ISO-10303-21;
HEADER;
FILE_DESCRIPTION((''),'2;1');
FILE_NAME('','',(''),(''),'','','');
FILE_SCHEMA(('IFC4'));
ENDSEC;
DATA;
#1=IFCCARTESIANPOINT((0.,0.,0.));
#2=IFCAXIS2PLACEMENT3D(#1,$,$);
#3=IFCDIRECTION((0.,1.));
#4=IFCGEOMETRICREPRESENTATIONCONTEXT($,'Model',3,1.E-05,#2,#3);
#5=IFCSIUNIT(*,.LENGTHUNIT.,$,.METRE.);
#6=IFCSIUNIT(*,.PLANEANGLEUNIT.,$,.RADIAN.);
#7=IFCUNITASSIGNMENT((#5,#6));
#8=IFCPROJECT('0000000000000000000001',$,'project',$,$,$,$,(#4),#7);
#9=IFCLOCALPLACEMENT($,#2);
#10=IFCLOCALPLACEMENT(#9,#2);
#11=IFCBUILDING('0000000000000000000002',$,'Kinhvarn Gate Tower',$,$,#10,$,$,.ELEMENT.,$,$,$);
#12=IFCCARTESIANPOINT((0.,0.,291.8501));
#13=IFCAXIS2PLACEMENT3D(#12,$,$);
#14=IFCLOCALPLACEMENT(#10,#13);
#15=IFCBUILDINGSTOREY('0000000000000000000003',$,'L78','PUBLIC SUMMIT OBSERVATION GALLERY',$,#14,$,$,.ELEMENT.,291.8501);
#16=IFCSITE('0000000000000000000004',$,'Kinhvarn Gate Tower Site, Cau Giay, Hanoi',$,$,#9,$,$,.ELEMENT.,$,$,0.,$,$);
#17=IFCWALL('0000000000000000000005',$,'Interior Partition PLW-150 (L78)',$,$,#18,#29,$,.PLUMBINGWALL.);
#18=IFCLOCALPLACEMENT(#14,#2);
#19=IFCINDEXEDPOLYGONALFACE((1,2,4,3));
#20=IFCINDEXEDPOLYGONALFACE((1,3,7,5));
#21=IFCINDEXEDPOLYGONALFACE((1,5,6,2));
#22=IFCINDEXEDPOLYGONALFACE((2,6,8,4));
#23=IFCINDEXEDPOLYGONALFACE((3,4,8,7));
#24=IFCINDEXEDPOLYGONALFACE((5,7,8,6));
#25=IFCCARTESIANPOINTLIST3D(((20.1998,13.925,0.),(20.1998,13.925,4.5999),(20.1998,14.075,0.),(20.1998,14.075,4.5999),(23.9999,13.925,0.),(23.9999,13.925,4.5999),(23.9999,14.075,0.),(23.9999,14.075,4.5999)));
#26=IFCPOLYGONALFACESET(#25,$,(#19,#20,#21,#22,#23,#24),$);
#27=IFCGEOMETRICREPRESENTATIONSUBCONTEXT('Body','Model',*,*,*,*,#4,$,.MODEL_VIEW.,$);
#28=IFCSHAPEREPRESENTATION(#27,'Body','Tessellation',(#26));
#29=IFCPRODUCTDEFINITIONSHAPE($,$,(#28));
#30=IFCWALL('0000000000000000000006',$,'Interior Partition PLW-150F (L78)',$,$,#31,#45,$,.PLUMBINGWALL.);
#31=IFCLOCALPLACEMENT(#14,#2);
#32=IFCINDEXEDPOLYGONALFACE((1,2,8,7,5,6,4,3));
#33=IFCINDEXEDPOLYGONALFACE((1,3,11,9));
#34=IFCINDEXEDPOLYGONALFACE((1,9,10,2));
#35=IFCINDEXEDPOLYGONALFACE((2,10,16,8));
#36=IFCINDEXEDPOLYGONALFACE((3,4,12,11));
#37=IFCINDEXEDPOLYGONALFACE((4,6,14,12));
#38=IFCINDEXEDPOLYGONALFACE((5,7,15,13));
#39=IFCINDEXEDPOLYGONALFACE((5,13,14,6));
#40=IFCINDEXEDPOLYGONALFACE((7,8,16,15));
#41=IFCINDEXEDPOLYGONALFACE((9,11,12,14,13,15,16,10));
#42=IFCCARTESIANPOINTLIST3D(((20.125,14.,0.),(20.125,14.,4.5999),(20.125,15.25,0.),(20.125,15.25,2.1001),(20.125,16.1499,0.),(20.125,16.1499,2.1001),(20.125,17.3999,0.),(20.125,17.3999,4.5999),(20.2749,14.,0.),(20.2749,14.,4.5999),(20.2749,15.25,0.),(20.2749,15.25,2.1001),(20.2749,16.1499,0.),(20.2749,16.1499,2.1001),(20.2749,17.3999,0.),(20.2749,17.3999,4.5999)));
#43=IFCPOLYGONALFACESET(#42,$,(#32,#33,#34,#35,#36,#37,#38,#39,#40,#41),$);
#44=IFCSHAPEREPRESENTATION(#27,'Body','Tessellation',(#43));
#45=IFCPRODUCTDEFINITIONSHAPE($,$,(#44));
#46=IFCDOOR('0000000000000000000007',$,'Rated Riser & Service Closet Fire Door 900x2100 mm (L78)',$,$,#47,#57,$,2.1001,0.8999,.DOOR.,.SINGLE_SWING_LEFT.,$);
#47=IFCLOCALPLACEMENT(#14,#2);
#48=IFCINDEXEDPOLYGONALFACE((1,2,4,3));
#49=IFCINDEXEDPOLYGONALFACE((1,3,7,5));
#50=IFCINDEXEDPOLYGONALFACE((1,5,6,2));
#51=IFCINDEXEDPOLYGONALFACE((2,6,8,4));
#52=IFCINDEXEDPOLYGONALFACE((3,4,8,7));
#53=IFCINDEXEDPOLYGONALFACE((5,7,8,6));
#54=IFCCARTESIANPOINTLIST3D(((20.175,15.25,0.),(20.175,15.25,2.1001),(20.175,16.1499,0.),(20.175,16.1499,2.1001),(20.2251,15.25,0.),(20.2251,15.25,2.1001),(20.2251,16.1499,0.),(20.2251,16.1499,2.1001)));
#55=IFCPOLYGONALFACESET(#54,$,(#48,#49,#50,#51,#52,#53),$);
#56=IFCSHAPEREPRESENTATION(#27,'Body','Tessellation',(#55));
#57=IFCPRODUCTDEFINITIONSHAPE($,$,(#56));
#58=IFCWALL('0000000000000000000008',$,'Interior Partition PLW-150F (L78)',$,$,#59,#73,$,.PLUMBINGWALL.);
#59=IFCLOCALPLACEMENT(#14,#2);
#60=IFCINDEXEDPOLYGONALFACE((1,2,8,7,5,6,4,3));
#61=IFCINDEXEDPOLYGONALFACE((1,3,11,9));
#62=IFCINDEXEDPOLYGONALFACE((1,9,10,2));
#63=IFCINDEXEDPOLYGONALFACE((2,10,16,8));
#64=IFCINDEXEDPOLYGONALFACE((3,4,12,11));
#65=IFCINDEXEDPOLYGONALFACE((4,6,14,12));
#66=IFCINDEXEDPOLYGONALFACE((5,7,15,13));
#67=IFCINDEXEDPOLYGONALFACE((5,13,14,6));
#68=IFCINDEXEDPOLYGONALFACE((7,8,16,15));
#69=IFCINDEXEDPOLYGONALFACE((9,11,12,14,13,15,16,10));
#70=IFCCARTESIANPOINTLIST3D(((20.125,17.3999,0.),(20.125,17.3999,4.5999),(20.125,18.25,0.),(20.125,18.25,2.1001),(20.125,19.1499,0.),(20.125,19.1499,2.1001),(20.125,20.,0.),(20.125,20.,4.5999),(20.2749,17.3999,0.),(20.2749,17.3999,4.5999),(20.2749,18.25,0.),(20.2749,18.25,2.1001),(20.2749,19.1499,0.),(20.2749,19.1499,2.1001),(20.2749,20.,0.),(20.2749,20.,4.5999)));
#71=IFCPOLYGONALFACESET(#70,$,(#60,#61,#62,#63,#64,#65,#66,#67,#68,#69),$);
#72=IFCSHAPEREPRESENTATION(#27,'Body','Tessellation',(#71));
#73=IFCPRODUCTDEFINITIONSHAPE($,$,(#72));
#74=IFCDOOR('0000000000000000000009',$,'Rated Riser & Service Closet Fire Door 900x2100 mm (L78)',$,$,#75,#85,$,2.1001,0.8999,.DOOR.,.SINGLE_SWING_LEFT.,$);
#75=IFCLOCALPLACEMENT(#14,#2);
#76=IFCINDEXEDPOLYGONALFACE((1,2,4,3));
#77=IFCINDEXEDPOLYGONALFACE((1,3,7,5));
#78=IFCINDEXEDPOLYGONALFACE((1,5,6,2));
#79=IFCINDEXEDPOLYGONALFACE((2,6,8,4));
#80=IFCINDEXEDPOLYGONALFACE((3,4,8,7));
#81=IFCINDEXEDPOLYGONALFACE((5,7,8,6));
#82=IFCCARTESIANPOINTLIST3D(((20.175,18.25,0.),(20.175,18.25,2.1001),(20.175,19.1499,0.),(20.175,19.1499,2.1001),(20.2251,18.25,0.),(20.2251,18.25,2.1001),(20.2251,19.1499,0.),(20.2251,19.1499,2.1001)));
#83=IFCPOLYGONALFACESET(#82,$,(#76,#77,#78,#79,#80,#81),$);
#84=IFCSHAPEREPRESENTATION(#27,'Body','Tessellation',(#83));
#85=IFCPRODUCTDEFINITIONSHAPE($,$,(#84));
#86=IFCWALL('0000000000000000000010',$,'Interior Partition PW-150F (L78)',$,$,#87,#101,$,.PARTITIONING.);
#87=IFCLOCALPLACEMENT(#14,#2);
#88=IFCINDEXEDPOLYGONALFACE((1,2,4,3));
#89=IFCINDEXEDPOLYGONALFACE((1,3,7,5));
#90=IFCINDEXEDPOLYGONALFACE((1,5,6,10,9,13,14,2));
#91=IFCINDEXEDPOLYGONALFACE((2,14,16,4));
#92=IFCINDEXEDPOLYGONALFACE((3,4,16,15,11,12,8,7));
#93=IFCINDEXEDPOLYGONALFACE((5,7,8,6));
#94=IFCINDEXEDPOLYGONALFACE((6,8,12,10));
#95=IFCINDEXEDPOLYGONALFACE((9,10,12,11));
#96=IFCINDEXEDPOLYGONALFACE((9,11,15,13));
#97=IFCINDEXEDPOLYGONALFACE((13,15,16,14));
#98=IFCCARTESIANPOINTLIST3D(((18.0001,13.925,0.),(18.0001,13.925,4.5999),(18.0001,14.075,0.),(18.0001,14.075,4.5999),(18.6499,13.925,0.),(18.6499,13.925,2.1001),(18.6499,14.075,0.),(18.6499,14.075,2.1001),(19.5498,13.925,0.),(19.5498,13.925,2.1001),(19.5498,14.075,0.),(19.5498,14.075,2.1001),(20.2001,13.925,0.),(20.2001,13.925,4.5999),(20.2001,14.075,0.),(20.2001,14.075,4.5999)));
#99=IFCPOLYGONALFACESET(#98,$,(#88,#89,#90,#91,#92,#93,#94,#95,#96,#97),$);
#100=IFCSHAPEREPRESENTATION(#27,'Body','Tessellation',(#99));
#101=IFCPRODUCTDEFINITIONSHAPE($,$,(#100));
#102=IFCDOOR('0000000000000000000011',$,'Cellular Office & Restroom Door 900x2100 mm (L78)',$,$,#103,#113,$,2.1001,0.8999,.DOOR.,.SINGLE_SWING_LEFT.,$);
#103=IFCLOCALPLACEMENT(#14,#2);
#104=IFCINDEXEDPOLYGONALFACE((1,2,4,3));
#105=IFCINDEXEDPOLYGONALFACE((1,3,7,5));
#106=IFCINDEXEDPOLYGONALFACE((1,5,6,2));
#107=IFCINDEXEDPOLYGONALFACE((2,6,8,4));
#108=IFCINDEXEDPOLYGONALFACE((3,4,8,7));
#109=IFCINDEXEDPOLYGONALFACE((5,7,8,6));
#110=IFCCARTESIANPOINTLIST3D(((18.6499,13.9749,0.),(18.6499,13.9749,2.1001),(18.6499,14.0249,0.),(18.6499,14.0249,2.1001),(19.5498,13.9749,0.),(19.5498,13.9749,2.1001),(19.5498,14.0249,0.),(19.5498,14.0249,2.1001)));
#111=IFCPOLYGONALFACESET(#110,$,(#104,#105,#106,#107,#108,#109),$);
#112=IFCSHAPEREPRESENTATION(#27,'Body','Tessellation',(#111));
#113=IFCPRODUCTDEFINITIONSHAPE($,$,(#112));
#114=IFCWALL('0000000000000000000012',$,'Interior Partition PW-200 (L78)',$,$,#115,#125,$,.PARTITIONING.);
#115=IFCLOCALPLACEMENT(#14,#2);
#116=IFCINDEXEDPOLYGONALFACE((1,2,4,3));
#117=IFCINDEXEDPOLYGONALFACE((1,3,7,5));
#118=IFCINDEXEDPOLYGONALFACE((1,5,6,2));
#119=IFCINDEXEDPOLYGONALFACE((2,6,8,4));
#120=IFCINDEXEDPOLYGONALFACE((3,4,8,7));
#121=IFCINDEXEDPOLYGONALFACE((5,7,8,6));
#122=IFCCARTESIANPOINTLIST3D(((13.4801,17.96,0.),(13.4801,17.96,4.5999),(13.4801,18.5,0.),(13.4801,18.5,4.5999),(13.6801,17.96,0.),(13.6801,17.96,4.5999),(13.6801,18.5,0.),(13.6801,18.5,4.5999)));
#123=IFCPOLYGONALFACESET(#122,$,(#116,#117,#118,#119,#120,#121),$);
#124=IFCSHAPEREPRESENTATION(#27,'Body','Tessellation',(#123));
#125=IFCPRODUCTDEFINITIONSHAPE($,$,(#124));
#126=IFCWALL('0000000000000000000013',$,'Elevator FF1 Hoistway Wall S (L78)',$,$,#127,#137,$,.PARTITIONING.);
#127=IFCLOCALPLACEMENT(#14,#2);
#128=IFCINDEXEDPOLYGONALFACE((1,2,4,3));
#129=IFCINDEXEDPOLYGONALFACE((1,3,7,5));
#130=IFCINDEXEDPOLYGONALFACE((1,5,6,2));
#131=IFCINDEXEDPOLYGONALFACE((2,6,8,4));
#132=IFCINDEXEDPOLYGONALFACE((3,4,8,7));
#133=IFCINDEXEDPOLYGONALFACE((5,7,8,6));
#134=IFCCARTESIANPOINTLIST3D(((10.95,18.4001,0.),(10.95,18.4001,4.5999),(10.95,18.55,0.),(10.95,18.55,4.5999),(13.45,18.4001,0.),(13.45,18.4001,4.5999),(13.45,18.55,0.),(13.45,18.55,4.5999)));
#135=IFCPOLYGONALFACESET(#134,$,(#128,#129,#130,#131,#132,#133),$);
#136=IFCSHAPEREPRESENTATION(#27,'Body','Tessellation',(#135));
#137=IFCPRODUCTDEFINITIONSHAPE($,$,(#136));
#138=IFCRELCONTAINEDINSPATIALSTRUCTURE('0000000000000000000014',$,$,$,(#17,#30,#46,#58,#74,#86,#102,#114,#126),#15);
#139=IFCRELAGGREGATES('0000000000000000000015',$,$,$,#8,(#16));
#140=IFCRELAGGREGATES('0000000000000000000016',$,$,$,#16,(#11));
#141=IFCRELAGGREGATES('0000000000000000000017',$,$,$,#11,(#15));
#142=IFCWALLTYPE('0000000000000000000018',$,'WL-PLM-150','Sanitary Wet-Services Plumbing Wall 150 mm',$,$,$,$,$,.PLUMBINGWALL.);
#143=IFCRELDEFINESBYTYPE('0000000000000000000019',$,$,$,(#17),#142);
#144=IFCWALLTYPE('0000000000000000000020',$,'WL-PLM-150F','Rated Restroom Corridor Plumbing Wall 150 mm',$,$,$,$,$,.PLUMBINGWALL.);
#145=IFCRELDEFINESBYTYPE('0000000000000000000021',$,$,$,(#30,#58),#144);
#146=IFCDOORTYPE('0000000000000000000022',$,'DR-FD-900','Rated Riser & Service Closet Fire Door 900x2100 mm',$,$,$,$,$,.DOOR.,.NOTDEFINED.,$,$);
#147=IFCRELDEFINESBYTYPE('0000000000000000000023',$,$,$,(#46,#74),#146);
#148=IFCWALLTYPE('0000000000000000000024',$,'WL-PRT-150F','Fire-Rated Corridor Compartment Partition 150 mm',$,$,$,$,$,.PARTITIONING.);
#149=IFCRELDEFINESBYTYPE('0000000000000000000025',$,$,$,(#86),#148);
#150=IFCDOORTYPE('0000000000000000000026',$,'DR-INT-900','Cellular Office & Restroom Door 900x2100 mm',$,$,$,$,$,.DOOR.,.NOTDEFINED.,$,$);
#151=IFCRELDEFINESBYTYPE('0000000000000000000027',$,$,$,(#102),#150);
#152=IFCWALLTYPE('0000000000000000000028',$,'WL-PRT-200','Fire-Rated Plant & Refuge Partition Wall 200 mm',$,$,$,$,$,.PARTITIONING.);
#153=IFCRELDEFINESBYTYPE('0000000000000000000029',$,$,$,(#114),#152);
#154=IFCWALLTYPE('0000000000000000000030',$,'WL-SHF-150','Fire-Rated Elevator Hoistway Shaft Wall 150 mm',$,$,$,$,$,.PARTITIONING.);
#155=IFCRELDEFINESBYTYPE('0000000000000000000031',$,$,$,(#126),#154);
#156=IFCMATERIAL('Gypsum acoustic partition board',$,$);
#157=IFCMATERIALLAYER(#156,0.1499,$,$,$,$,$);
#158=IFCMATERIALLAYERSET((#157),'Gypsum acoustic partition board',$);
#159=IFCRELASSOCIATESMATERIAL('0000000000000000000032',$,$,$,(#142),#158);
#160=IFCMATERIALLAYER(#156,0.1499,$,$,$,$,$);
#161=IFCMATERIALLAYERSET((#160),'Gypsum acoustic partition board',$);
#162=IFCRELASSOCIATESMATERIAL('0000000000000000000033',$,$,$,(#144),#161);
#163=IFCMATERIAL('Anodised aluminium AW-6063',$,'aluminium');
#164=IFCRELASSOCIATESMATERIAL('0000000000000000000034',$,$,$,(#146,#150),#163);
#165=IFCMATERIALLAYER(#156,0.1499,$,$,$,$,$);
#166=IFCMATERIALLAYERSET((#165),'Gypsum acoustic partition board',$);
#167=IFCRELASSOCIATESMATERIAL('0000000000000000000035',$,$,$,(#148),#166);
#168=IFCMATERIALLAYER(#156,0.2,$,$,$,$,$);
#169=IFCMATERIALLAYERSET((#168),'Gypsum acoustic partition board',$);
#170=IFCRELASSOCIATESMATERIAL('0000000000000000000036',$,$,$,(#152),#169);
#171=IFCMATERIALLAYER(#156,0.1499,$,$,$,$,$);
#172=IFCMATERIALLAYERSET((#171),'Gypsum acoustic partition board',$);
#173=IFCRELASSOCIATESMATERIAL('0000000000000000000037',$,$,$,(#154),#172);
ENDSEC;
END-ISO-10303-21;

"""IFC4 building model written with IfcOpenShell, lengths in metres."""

from ifc_helpers import new_model, si_unit, direction, frame, frame_2d, origin, place, context, subcontext, project, spatial, rectangle, extrude, material, layer, layer_set, type_object, element, fill, save


model = new_model("IFC4")

# Units and contexts
model_context = context("Model", 3, precision=1e-05, world=origin(), true_north=direction((0.0, 1.0)))
body_context = subcontext(model_context, "Body", "Model", "MODEL_VIEW")
ifc_project = project(units=[si_unit("LENGTHUNIT", "METRE"), si_unit("PLANEANGLEUNIT", "RADIAN")], contexts=[model_context])

# Site, building, storey
site_placement = place(None, origin())
site = spatial("IfcSite", under=ifc_project, at=site_placement, Name="Kinhvarn Gate Tower Site, Cau Giay, Hanoi", CompositionType="ELEMENT", RefElevation=0.0)
building_placement = place(site_placement, origin())
building = spatial("IfcBuilding", under=site, at=building_placement, Name="Kinhvarn Gate Tower", CompositionType="ELEMENT")
storey_placement = place(building_placement, frame((0.0, 0.0, 291.8501)))
storey = spatial("IfcBuildingStorey", under=building, at=storey_placement, Name="L78", Description="PUBLIC SUMMIT OBSERVATION GALLERY", CompositionType="ELEMENT", Elevation=291.8501)

# Shared definitions
ifc_material_1 = material(Name="Anodised aluminium AW-6063", Category="aluminium")

# Wall
ifc_material_2 = material(Name="Gypsum acoustic partition board")
ifc_layer_1 = layer(ifc_material_2, 0.1499)
ifc_layer_set_1 = layer_set([ifc_layer_1], Name="Gypsum acoustic partition board")
wall_type_1 = type_object("IfcWallType", Name="WL-PLM-150", Description="Sanitary Wet-Services Plumbing Wall 150 mm", PredefinedType="PLUMBINGWALL", material=ifc_layer_set_1)
for number, where, z_axis, x_axis, name in (
    (1, (20.2, 14.0, 0.0), (0.0, 0.0, 1.0), (1.0, 0.0, 0.0), "Interior Partition PLW-150 (L78)"),
):
    element("IfcWall", number, at=place(storey_placement, frame(where, z_axis=z_axis, x_axis=x_axis)), inside=storey, type_object=wall_type_1, Name=name, PredefinedType="PLUMBINGWALL", context=body_context, shape_type="SweptSolid", body=[
        extrude(rectangle(XDim=3.8, YDim=0.1499, at=frame_2d((1.8999, 0.0))), origin(), (0.0, 0.0, 1.0), 4.5999),
    ])

# Walls, openings, doors
ifc_layer_2 = layer(ifc_material_2, 0.1499)
ifc_layer_set_2 = layer_set([ifc_layer_2], Name="Gypsum acoustic partition board")
wall_type_2 = type_object("IfcWallType", Name="WL-PLM-150F", Description="Rated Restroom Corridor Plumbing Wall 150 mm", PredefinedType="PLUMBINGWALL", material=ifc_layer_set_2)
wall_1_placement = place(storey_placement, frame((20.2, 14.0, 0.0), z_axis=(0.0, 0.0, 1.0), x_axis=(0.0, 1.0, 0.0)))
wall_1 = element("IfcWall", 2, at=wall_1_placement, inside=storey, type_object=wall_type_2, Name="Interior Partition PLW-150F (L78)", PredefinedType="PLUMBINGWALL", context=body_context, shape_type="SweptSolid", body=[
    extrude(rectangle(XDim=3.3999, YDim=0.1499, at=frame_2d((1.7, 0.0))), origin(), (0.0, 0.0, 1.0), 4.5999),
])
opening_1_placement = place(wall_1_placement, frame((1.25, 0.0, 0.0)))
opening_1 = element("IfcOpeningElement", 3, at=opening_1_placement, cuts=wall_1, PredefinedType="OPENING", context=body_context, shape_type="SweptSolid", body=[
    extrude(rectangle(XDim=0.8999, YDim=2.1001, at=frame_2d((0.45, 1.05))), frame((0.0, 0.085, 0.0), z_axis=(0.0, -1.0, 0.0), x_axis=(1.0, 0.0, 0.0)), (0.0, 0.0, 1.0), 0.1699),
])
door_type_1 = type_object("IfcDoorType", Name="DR-FD-900", Description="Rated Riser & Service Closet Fire Door 900x2100 mm", OperationType="NOTDEFINED", PredefinedType="DOOR", material=ifc_material_1)
door_1_placement = place(opening_1_placement, origin())
door_1 = element("IfcDoor", 4, at=door_1_placement, inside=storey, type_object=door_type_1, Name="Rated Riser & Service Closet Fire Door 900x2100 mm (L78)", OperationType="SINGLE_SWING_LEFT", OverallHeight=2.1001, OverallWidth=0.8999, PredefinedType="DOOR", context=body_context, shape_type="SweptSolid", body=[
    extrude(rectangle(XDim=0.8999, YDim=2.1001, at=frame_2d((0.45, 1.05))), frame((0.0, 0.0249, 0.0), z_axis=(0.0, -1.0, 0.0), x_axis=(1.0, 0.0, 0.0)), (0.0, 0.0, 1.0), 0.05),
])
fill(opening_1, door_1)
wall_2_placement = place(storey_placement, frame((20.2, 17.3999, 0.0), z_axis=(0.0, 0.0, 1.0), x_axis=(0.0, 1.0, 0.0)))
wall_2 = element("IfcWall", 5, at=wall_2_placement, inside=storey, type_object=wall_type_2, Name="Interior Partition PLW-150F (L78)", PredefinedType="PLUMBINGWALL", context=body_context, shape_type="SweptSolid", body=[
    extrude(rectangle(XDim=2.6001, YDim=0.1499, at=frame_2d((1.3, 0.0))), origin(), (0.0, 0.0, 1.0), 4.5999),
])
opening_2_placement = place(wall_2_placement, frame((0.8501, 0.0, 0.0)))
opening_2 = element("IfcOpeningElement", 6, at=opening_2_placement, cuts=wall_2, PredefinedType="OPENING", context=body_context, shape_type="SweptSolid", body=[
    extrude(rectangle(XDim=0.8999, YDim=2.1001, at=frame_2d((0.45, 1.05))), frame((0.0, 0.085, 0.0), z_axis=(0.0, -1.0, 0.0), x_axis=(1.0, 0.0, 0.0)), (0.0, 0.0, 1.0), 0.1699),
])
door_2_placement = place(opening_2_placement, origin())
door_2 = element("IfcDoor", 7, at=door_2_placement, inside=storey, type_object=door_type_1, Name="Rated Riser & Service Closet Fire Door 900x2100 mm (L78)", OperationType="SINGLE_SWING_LEFT", OverallHeight=2.1001, OverallWidth=0.8999, PredefinedType="DOOR", context=body_context, shape_type="SweptSolid", body=[
    extrude(rectangle(XDim=0.8999, YDim=2.1001, at=frame_2d((0.45, 1.05))), frame((0.0, 0.0249, 0.0), z_axis=(0.0, -1.0, 0.0), x_axis=(1.0, 0.0, 0.0)), (0.0, 0.0, 1.0), 0.05),
])
fill(opening_2, door_2)
ifc_layer_3 = layer(ifc_material_2, 0.1499)
ifc_layer_set_3 = layer_set([ifc_layer_3], Name="Gypsum acoustic partition board")
wall_type_3 = type_object("IfcWallType", Name="WL-PRT-150F", Description="Fire-Rated Corridor Compartment Partition 150 mm", PredefinedType="PARTITIONING", material=ifc_layer_set_3)
wall_3_placement = place(storey_placement, frame((18.0, 14.0, 0.0), z_axis=(0.0, 0.0, 1.0), x_axis=(1.0, 0.0, 0.0)))
wall_3 = element("IfcWall", 8, at=wall_3_placement, inside=storey, type_object=wall_type_3, Name="Interior Partition PW-150F (L78)", PredefinedType="PARTITIONING", context=body_context, shape_type="SweptSolid", body=[
    extrude(rectangle(XDim=2.2, YDim=0.1499, at=frame_2d((1.1001, 0.0))), origin(), (0.0, 0.0, 1.0), 4.5999),
])
opening_3_placement = place(wall_3_placement, frame((0.6499, 0.0, 0.0)))
opening_3 = element("IfcOpeningElement", 9, at=opening_3_placement, cuts=wall_3, PredefinedType="OPENING", context=body_context, shape_type="SweptSolid", body=[
    extrude(rectangle(XDim=0.8999, YDim=2.1001, at=frame_2d((0.45, 1.05))), frame((0.0, 0.085, 0.0), z_axis=(0.0, -1.0, 0.0), x_axis=(1.0, 0.0, 0.0)), (0.0, 0.0, 1.0), 0.1699),
])
door_type_2 = type_object("IfcDoorType", Name="DR-INT-900", Description="Cellular Office & Restroom Door 900x2100 mm", OperationType="NOTDEFINED", PredefinedType="DOOR", material=ifc_material_1)
door_3_placement = place(opening_3_placement, origin())
door_3 = element("IfcDoor", 10, at=door_3_placement, inside=storey, type_object=door_type_2, Name="Cellular Office & Restroom Door 900x2100 mm (L78)", OperationType="SINGLE_SWING_LEFT", OverallHeight=2.1001, OverallWidth=0.8999, PredefinedType="DOOR", context=body_context, shape_type="SweptSolid", body=[
    extrude(rectangle(XDim=0.8999, YDim=2.1001, at=frame_2d((0.45, 1.05))), frame((0.0, 0.0249, 0.0), z_axis=(0.0, -1.0, 0.0), x_axis=(1.0, 0.0, 0.0)), (0.0, 0.0, 1.0), 0.05),
])
fill(opening_3, door_3)

# Walls
ifc_layer_4 = layer(ifc_material_2, 0.2)
ifc_layer_set_4 = layer_set([ifc_layer_4], Name="Gypsum acoustic partition board")
wall_type_4 = type_object("IfcWallType", Name="WL-PRT-200", Description="Fire-Rated Plant & Refuge Partition Wall 200 mm", PredefinedType="PARTITIONING", material=ifc_layer_set_4)
wall_4_placement = place(storey_placement, frame((13.5801, 17.96, 0.0), z_axis=(0.0, 0.0, 1.0), x_axis=(0.0, 1.0, 0.0)))
element("IfcWall", 11, at=wall_4_placement, inside=storey, type_object=wall_type_4, Name="Interior Partition PW-200 (L78)", PredefinedType="PARTITIONING", context=body_context, shape_type="SweptSolid", body=[
    extrude(rectangle(XDim=0.54, YDim=0.2, at=frame_2d((0.27, 0.0))), origin(), (0.0, 0.0, 1.0), 4.5999),
])
ifc_layer_5 = layer(ifc_material_2, 0.1499)
ifc_layer_set_5 = layer_set([ifc_layer_5], Name="Gypsum acoustic partition board")
wall_type_5 = type_object("IfcWallType", Name="WL-SHF-150", Description="Fire-Rated Elevator Hoistway Shaft Wall 150 mm", PredefinedType="PARTITIONING", material=ifc_layer_set_5)
wall_5_placement = place(storey_placement, frame((10.95, 18.4751, 0.0), z_axis=(0.0, 0.0, 1.0), x_axis=(1.0, 0.0, 0.0)))
element("IfcWall", 12, at=wall_5_placement, inside=storey, type_object=wall_type_5, Name="Elevator FF1 Hoistway Wall S (L78)", PredefinedType="PARTITIONING", context=body_context, shape_type="SweptSolid", body=[
    extrude(rectangle(XDim=2.5, YDim=0.1499, at=frame_2d((1.25, 0.0))), origin(), (0.0, 0.0, 1.0), 4.5999),
])

save(model, "model.ifc")
